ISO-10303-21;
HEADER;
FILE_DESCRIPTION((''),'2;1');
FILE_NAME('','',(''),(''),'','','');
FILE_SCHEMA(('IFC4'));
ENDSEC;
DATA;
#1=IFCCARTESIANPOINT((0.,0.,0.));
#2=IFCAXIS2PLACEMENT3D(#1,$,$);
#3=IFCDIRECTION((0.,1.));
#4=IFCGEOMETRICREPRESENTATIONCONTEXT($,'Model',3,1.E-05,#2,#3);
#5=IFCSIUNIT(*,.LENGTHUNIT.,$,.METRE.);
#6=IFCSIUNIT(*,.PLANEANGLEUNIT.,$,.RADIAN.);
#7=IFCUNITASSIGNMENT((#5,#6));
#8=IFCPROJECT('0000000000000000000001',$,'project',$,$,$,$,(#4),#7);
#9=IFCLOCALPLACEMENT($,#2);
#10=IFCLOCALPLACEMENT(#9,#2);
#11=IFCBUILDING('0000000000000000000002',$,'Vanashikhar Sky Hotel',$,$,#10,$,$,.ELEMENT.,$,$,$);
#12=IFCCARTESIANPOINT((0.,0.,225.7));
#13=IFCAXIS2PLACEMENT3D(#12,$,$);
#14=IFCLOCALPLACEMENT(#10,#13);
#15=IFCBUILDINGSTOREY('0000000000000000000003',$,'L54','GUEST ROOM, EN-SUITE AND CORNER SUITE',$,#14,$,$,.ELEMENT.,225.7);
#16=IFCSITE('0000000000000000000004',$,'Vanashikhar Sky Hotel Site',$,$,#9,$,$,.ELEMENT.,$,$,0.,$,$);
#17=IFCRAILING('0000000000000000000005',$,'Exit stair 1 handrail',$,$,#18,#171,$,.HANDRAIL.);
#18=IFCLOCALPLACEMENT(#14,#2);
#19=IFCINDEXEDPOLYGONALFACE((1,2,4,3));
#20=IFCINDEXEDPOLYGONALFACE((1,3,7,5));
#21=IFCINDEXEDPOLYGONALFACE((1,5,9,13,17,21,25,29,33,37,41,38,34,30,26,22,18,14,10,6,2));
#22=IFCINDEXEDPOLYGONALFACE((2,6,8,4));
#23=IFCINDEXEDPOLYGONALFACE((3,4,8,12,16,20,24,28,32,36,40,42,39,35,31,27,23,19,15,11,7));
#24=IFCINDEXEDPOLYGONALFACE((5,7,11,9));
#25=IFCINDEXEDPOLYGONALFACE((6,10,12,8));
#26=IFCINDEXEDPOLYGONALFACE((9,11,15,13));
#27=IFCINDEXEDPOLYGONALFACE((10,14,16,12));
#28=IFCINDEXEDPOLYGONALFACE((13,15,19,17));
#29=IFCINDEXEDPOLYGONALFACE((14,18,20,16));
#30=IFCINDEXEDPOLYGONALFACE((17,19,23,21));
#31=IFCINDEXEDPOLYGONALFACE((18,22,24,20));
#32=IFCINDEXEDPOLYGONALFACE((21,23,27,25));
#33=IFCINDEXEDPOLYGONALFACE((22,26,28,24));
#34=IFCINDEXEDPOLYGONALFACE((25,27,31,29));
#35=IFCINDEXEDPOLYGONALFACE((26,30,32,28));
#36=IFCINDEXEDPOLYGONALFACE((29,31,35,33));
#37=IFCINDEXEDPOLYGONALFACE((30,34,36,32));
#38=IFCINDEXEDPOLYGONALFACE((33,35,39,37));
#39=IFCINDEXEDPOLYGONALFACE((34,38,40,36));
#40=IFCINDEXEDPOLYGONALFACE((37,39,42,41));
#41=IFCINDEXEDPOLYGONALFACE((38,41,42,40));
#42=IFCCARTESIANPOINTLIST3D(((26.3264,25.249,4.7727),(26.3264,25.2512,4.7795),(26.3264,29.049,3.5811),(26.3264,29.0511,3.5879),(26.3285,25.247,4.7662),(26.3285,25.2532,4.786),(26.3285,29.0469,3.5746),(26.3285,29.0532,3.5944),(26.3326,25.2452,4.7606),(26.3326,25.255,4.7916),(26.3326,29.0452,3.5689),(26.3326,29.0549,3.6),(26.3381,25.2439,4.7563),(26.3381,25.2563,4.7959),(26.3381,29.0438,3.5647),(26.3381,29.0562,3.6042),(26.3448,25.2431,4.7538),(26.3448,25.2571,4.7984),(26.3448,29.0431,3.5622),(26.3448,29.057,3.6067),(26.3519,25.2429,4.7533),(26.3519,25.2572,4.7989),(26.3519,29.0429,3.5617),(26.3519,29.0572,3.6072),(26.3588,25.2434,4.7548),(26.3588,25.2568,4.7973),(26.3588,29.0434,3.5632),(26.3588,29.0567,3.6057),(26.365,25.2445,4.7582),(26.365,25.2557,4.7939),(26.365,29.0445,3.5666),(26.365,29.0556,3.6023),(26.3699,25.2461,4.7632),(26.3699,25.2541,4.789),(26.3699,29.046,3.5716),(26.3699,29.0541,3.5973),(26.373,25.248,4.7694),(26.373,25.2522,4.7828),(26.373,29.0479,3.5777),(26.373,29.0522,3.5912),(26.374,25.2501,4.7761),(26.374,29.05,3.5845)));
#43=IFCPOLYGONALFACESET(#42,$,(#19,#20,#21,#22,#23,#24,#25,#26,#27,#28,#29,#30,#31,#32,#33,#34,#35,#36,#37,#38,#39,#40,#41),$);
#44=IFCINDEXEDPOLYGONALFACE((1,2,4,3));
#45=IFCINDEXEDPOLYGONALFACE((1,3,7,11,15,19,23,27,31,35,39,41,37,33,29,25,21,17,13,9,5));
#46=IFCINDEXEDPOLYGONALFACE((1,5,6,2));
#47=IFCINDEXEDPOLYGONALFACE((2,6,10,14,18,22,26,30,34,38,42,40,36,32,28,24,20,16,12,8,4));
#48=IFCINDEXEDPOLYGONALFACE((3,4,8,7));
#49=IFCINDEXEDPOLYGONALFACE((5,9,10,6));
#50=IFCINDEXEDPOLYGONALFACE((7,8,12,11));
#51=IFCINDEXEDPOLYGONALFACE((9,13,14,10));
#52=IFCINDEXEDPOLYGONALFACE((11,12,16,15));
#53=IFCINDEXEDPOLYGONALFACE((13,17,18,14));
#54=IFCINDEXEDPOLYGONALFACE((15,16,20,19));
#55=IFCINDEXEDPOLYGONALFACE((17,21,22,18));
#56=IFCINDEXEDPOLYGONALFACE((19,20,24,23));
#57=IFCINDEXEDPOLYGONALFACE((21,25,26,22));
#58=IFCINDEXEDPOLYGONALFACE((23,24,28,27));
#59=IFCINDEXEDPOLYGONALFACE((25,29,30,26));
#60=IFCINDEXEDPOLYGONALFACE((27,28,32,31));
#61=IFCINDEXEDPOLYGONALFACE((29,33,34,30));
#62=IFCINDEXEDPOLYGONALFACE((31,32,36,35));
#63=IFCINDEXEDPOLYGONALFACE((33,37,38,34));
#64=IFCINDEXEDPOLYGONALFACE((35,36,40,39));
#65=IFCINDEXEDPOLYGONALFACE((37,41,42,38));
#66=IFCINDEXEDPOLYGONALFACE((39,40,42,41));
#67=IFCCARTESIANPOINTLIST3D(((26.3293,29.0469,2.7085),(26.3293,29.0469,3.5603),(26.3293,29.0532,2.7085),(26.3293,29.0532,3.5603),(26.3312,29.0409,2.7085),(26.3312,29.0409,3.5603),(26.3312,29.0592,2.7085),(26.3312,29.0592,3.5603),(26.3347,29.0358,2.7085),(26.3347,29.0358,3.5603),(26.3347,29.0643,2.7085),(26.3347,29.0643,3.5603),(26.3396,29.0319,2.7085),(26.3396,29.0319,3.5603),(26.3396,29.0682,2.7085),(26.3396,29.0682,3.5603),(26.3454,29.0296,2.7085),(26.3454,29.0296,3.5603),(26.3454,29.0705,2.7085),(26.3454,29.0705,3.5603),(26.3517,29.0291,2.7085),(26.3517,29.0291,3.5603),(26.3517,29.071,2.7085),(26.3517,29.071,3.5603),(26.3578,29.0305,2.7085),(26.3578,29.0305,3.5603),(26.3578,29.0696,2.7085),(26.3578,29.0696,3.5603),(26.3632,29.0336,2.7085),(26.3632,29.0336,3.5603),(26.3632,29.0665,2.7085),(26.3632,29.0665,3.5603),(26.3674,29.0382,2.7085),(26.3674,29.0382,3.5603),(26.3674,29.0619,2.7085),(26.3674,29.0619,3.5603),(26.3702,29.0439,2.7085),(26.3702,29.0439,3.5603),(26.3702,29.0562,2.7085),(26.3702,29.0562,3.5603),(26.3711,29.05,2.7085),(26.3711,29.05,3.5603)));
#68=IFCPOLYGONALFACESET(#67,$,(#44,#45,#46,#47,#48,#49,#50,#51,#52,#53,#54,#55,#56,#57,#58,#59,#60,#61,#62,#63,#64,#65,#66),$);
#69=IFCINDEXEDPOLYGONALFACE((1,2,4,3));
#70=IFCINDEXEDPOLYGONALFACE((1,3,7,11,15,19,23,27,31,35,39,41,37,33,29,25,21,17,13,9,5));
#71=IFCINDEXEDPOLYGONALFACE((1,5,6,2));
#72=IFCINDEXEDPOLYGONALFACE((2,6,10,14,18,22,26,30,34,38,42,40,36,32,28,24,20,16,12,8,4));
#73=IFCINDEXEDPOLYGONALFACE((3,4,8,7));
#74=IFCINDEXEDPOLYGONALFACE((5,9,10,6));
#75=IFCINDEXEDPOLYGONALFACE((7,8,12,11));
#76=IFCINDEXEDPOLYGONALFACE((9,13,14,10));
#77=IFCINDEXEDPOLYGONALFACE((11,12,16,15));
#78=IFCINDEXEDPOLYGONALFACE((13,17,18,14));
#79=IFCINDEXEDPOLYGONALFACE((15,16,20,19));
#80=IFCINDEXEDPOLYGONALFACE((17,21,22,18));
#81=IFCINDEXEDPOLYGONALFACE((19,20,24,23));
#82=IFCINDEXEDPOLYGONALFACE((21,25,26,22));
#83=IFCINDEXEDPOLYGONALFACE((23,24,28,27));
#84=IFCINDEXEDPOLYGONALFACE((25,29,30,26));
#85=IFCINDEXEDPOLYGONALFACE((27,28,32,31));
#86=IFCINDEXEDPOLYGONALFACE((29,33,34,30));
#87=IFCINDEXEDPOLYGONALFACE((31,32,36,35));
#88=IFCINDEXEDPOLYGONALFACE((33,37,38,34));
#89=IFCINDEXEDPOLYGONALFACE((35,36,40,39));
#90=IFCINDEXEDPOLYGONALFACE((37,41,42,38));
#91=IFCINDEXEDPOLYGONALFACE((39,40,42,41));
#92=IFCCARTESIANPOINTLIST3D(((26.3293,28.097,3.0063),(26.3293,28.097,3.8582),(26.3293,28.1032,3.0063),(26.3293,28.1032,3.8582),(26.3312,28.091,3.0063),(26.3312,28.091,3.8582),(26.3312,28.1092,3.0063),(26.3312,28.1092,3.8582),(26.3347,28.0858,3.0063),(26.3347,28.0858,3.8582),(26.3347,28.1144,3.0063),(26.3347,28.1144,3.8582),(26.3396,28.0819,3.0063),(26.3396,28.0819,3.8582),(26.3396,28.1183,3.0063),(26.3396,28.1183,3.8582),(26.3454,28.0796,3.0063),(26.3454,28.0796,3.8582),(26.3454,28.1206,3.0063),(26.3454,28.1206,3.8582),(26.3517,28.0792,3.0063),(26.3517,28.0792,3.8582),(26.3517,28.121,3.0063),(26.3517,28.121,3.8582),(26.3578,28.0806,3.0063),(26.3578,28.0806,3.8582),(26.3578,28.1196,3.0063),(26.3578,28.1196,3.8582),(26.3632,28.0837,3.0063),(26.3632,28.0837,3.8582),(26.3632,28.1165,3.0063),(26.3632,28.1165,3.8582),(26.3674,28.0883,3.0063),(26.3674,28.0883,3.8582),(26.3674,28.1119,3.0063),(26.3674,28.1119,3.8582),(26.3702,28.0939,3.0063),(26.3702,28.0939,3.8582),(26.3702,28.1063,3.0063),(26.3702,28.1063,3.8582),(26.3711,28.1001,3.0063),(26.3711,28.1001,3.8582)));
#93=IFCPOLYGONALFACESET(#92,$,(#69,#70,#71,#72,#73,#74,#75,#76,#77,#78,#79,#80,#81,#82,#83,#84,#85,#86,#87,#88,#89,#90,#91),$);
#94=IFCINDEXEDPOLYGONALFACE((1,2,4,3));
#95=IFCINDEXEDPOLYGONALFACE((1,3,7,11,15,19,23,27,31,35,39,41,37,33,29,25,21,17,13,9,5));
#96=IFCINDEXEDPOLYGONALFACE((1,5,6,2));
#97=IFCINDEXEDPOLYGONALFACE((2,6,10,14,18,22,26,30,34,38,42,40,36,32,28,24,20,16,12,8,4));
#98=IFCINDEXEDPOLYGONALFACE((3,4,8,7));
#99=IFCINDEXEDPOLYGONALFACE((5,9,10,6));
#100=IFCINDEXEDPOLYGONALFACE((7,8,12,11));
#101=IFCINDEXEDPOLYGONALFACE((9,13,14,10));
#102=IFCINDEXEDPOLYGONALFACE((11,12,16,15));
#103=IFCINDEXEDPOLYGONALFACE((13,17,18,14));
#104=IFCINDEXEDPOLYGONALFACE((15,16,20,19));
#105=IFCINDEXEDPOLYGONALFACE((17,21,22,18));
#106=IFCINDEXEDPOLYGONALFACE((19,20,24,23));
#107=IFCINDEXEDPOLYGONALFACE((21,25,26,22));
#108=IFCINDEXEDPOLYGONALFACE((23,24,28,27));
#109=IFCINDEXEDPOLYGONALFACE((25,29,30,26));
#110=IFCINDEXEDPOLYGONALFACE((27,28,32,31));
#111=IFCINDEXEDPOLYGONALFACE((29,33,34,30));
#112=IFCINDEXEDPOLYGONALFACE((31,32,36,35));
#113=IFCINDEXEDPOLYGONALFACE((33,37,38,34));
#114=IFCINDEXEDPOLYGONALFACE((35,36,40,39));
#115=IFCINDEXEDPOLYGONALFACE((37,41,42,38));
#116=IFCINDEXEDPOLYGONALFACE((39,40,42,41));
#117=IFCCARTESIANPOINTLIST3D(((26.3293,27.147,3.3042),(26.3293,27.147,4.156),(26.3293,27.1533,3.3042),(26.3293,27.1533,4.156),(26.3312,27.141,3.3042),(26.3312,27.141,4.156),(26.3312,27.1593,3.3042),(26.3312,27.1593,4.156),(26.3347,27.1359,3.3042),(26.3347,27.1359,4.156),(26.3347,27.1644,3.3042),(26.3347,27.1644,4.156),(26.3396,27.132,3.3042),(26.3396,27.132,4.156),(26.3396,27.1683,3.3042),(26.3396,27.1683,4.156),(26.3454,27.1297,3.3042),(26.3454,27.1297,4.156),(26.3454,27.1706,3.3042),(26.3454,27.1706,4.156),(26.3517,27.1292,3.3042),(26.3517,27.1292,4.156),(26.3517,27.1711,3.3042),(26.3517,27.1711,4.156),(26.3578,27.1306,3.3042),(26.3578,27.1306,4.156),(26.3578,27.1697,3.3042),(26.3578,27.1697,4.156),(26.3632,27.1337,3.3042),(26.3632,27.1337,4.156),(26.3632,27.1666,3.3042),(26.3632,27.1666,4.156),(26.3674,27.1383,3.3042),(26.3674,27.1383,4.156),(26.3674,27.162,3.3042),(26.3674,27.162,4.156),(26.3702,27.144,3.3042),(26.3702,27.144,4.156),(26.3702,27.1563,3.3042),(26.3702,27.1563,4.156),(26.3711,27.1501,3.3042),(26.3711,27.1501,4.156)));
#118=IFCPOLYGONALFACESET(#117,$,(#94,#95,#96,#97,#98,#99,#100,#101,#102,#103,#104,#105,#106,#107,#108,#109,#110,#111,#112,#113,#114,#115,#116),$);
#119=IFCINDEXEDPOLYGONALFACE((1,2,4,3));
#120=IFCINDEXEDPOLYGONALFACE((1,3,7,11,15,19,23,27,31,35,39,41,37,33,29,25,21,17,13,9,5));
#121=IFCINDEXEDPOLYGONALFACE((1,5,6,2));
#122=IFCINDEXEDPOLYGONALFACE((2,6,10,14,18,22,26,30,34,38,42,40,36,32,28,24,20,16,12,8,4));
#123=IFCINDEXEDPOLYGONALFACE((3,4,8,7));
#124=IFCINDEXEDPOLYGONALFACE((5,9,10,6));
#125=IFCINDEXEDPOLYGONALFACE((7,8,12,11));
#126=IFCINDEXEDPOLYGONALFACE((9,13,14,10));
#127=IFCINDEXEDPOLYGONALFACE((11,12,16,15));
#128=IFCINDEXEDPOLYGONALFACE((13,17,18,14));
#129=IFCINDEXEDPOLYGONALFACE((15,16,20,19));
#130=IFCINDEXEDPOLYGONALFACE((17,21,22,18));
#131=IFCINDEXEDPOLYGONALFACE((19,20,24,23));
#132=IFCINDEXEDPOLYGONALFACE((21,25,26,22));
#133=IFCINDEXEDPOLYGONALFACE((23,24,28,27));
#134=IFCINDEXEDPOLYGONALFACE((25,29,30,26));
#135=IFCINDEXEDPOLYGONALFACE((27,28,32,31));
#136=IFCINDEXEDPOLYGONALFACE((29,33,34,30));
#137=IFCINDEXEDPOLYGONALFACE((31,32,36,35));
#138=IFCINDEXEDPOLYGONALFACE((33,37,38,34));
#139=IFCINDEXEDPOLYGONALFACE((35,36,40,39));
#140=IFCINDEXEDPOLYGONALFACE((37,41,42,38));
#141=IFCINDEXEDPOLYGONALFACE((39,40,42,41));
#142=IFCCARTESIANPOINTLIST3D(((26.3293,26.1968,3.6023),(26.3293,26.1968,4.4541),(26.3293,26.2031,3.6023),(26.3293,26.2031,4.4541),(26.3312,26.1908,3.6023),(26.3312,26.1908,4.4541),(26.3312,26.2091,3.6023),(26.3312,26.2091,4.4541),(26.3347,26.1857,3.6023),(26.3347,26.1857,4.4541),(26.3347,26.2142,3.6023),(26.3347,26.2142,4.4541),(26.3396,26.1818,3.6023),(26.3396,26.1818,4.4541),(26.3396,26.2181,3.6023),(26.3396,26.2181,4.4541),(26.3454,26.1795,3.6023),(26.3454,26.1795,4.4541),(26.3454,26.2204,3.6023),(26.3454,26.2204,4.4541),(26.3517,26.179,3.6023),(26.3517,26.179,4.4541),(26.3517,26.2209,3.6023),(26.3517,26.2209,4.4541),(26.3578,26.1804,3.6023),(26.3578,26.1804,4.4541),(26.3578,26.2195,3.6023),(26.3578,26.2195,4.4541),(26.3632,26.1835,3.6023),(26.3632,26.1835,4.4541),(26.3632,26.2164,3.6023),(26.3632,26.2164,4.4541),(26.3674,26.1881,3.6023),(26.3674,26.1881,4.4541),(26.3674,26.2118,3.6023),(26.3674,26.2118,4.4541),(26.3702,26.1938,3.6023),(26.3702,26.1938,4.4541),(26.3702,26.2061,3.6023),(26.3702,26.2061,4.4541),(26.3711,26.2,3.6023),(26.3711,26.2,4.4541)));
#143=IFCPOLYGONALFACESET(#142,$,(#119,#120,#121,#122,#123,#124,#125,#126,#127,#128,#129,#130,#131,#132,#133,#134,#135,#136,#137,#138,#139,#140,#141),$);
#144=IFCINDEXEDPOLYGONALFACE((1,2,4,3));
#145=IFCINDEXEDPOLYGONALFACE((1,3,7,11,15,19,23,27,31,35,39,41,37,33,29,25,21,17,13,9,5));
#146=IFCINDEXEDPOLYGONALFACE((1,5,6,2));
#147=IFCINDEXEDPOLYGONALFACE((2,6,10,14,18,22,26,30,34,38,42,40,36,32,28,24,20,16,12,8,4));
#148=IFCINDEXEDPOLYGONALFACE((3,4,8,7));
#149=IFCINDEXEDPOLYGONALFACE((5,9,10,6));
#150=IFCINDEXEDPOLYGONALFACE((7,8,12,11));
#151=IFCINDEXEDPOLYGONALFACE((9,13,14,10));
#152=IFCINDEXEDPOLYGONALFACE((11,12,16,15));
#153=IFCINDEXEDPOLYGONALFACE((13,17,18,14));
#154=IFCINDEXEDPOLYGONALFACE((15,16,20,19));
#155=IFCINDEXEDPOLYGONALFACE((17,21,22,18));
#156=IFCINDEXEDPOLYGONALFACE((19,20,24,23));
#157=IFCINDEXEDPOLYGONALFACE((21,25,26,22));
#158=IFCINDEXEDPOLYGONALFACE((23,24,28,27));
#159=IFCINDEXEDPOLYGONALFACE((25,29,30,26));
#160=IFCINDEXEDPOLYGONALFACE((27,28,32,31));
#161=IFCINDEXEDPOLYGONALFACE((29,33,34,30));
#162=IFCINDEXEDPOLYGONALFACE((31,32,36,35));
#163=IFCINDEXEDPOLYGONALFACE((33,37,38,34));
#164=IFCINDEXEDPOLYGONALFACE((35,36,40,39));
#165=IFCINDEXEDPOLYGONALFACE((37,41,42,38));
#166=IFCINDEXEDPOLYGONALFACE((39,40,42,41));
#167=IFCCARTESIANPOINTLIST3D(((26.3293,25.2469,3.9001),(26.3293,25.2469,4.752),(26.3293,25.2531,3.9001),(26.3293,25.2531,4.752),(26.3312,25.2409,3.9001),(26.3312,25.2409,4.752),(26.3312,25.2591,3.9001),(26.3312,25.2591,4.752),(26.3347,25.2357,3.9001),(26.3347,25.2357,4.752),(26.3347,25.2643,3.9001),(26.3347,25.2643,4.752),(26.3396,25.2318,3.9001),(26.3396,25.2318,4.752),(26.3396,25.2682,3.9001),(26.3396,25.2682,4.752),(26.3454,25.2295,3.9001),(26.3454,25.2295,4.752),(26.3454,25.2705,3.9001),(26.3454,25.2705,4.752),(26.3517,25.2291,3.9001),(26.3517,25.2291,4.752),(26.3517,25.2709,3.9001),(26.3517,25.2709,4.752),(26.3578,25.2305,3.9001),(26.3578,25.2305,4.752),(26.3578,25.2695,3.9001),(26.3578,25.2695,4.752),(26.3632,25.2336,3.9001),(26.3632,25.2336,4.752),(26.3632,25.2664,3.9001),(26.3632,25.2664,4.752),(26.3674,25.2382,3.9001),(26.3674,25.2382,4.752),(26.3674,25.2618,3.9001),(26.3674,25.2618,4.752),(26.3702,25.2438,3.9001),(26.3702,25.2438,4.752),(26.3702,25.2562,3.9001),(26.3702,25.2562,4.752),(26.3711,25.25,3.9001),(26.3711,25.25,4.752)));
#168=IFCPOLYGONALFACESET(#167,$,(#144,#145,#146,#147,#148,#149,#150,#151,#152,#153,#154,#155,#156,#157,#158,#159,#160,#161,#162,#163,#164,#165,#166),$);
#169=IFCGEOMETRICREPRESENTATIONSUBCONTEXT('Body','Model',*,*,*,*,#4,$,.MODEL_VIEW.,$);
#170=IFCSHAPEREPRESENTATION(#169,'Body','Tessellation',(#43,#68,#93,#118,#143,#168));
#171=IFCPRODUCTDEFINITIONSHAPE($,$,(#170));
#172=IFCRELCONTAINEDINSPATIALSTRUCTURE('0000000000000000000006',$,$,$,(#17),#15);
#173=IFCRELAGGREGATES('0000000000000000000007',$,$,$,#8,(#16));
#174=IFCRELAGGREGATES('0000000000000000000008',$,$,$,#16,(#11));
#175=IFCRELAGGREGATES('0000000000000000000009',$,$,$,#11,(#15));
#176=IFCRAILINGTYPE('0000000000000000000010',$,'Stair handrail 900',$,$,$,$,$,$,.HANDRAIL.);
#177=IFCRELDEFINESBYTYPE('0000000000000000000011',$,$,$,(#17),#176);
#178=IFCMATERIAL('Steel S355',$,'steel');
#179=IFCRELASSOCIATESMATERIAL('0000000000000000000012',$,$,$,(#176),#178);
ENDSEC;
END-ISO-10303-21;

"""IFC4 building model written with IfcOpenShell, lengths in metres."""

from ifc_helpers import new_model, si_unit, direction, frame, origin, origin_2d, place, context, subcontext, project, spatial, circle, extrude, source, transform, mapped, material, type_object, element, save


model = new_model("IFC4")

# Units and contexts
model_context = context("Model", 3, precision=1e-05, world=origin(), true_north=direction((0.0, 1.0)))
body_context = subcontext(model_context, "Body", "Model", "MODEL_VIEW")
ifc_project = project(units=[si_unit("LENGTHUNIT", "METRE"), si_unit("PLANEANGLEUNIT", "RADIAN")], contexts=[model_context])

# Site, building, storey
site_placement = place(None, origin())
site = spatial("IfcSite", under=ifc_project, at=site_placement, Name="Vanashikhar Sky Hotel Site", CompositionType="ELEMENT", RefElevation=0.0)
building_placement = place(site_placement, origin())
building = spatial("IfcBuilding", under=site, at=building_placement, Name="Vanashikhar Sky Hotel", CompositionType="ELEMENT")
storey_placement = place(building_placement, frame((0.0, 0.0, 225.7)))
storey = spatial("IfcBuildingStorey", under=building, at=storey_placement, Name="L54", Description="GUEST ROOM, EN-SUITE AND CORNER SUITE", CompositionType="ELEMENT", Elevation=225.7)

# Railing
ifc_material_1 = material(Name="Steel S355", Category="steel")
railing_type = type_object("IfcRailingType", Name="Stair handrail 900", PredefinedType="HANDRAIL", material=ifc_material_1)
shared_shape_1 = source(origin(), body_context, "Body", "SweptSolid", [
    extrude(circle(Radius=0.0239, at=origin_2d()), frame((0.0, 0.0, 0.876), z_axis=(0.0, -0.954184, 0.299221), x_axis=(1.0, 0.0, 0.0)), (0.0, 0.0, 1.0), 3.9824),
    extrude(circle(Radius=0.021, at=origin_2d()), origin(), (0.0, 0.0, 1.0), 0.8518),
    extrude(circle(Radius=0.021, at=origin_2d()), frame((0.0, -0.95, 0.2979)), (0.0, 0.0, 1.0), 0.8518),
    extrude(circle(Radius=0.021, at=origin_2d()), frame((0.0, -1.8999, 0.5957)), (0.0, 0.0, 1.0), 0.8518),
    extrude(circle(Radius=0.021, at=origin_2d()), frame((0.0, -2.8501, 0.8938)), (0.0, 0.0, 1.0), 0.8518),
    extrude(circle(Radius=0.021, at=origin_2d()), frame((0.0, -3.8, 1.1917)), (0.0, 0.0, 1.0), 0.8518),
])
for number, where, name in (
    (1, (26.3501, 29.05, 2.7085), "Exit stair 1 handrail"),
):
    element("IfcRailing", number, at=place(storey_placement, frame(where)), inside=storey, type_object=railing_type, Name=name, PredefinedType="HANDRAIL", context=body_context, shape_type="MappedRepresentation", body=[
        mapped(shared_shape_1, transform((0.0, 0.0, 0.0), scale=1.0)),
    ])

save(model, "model.ifc")
